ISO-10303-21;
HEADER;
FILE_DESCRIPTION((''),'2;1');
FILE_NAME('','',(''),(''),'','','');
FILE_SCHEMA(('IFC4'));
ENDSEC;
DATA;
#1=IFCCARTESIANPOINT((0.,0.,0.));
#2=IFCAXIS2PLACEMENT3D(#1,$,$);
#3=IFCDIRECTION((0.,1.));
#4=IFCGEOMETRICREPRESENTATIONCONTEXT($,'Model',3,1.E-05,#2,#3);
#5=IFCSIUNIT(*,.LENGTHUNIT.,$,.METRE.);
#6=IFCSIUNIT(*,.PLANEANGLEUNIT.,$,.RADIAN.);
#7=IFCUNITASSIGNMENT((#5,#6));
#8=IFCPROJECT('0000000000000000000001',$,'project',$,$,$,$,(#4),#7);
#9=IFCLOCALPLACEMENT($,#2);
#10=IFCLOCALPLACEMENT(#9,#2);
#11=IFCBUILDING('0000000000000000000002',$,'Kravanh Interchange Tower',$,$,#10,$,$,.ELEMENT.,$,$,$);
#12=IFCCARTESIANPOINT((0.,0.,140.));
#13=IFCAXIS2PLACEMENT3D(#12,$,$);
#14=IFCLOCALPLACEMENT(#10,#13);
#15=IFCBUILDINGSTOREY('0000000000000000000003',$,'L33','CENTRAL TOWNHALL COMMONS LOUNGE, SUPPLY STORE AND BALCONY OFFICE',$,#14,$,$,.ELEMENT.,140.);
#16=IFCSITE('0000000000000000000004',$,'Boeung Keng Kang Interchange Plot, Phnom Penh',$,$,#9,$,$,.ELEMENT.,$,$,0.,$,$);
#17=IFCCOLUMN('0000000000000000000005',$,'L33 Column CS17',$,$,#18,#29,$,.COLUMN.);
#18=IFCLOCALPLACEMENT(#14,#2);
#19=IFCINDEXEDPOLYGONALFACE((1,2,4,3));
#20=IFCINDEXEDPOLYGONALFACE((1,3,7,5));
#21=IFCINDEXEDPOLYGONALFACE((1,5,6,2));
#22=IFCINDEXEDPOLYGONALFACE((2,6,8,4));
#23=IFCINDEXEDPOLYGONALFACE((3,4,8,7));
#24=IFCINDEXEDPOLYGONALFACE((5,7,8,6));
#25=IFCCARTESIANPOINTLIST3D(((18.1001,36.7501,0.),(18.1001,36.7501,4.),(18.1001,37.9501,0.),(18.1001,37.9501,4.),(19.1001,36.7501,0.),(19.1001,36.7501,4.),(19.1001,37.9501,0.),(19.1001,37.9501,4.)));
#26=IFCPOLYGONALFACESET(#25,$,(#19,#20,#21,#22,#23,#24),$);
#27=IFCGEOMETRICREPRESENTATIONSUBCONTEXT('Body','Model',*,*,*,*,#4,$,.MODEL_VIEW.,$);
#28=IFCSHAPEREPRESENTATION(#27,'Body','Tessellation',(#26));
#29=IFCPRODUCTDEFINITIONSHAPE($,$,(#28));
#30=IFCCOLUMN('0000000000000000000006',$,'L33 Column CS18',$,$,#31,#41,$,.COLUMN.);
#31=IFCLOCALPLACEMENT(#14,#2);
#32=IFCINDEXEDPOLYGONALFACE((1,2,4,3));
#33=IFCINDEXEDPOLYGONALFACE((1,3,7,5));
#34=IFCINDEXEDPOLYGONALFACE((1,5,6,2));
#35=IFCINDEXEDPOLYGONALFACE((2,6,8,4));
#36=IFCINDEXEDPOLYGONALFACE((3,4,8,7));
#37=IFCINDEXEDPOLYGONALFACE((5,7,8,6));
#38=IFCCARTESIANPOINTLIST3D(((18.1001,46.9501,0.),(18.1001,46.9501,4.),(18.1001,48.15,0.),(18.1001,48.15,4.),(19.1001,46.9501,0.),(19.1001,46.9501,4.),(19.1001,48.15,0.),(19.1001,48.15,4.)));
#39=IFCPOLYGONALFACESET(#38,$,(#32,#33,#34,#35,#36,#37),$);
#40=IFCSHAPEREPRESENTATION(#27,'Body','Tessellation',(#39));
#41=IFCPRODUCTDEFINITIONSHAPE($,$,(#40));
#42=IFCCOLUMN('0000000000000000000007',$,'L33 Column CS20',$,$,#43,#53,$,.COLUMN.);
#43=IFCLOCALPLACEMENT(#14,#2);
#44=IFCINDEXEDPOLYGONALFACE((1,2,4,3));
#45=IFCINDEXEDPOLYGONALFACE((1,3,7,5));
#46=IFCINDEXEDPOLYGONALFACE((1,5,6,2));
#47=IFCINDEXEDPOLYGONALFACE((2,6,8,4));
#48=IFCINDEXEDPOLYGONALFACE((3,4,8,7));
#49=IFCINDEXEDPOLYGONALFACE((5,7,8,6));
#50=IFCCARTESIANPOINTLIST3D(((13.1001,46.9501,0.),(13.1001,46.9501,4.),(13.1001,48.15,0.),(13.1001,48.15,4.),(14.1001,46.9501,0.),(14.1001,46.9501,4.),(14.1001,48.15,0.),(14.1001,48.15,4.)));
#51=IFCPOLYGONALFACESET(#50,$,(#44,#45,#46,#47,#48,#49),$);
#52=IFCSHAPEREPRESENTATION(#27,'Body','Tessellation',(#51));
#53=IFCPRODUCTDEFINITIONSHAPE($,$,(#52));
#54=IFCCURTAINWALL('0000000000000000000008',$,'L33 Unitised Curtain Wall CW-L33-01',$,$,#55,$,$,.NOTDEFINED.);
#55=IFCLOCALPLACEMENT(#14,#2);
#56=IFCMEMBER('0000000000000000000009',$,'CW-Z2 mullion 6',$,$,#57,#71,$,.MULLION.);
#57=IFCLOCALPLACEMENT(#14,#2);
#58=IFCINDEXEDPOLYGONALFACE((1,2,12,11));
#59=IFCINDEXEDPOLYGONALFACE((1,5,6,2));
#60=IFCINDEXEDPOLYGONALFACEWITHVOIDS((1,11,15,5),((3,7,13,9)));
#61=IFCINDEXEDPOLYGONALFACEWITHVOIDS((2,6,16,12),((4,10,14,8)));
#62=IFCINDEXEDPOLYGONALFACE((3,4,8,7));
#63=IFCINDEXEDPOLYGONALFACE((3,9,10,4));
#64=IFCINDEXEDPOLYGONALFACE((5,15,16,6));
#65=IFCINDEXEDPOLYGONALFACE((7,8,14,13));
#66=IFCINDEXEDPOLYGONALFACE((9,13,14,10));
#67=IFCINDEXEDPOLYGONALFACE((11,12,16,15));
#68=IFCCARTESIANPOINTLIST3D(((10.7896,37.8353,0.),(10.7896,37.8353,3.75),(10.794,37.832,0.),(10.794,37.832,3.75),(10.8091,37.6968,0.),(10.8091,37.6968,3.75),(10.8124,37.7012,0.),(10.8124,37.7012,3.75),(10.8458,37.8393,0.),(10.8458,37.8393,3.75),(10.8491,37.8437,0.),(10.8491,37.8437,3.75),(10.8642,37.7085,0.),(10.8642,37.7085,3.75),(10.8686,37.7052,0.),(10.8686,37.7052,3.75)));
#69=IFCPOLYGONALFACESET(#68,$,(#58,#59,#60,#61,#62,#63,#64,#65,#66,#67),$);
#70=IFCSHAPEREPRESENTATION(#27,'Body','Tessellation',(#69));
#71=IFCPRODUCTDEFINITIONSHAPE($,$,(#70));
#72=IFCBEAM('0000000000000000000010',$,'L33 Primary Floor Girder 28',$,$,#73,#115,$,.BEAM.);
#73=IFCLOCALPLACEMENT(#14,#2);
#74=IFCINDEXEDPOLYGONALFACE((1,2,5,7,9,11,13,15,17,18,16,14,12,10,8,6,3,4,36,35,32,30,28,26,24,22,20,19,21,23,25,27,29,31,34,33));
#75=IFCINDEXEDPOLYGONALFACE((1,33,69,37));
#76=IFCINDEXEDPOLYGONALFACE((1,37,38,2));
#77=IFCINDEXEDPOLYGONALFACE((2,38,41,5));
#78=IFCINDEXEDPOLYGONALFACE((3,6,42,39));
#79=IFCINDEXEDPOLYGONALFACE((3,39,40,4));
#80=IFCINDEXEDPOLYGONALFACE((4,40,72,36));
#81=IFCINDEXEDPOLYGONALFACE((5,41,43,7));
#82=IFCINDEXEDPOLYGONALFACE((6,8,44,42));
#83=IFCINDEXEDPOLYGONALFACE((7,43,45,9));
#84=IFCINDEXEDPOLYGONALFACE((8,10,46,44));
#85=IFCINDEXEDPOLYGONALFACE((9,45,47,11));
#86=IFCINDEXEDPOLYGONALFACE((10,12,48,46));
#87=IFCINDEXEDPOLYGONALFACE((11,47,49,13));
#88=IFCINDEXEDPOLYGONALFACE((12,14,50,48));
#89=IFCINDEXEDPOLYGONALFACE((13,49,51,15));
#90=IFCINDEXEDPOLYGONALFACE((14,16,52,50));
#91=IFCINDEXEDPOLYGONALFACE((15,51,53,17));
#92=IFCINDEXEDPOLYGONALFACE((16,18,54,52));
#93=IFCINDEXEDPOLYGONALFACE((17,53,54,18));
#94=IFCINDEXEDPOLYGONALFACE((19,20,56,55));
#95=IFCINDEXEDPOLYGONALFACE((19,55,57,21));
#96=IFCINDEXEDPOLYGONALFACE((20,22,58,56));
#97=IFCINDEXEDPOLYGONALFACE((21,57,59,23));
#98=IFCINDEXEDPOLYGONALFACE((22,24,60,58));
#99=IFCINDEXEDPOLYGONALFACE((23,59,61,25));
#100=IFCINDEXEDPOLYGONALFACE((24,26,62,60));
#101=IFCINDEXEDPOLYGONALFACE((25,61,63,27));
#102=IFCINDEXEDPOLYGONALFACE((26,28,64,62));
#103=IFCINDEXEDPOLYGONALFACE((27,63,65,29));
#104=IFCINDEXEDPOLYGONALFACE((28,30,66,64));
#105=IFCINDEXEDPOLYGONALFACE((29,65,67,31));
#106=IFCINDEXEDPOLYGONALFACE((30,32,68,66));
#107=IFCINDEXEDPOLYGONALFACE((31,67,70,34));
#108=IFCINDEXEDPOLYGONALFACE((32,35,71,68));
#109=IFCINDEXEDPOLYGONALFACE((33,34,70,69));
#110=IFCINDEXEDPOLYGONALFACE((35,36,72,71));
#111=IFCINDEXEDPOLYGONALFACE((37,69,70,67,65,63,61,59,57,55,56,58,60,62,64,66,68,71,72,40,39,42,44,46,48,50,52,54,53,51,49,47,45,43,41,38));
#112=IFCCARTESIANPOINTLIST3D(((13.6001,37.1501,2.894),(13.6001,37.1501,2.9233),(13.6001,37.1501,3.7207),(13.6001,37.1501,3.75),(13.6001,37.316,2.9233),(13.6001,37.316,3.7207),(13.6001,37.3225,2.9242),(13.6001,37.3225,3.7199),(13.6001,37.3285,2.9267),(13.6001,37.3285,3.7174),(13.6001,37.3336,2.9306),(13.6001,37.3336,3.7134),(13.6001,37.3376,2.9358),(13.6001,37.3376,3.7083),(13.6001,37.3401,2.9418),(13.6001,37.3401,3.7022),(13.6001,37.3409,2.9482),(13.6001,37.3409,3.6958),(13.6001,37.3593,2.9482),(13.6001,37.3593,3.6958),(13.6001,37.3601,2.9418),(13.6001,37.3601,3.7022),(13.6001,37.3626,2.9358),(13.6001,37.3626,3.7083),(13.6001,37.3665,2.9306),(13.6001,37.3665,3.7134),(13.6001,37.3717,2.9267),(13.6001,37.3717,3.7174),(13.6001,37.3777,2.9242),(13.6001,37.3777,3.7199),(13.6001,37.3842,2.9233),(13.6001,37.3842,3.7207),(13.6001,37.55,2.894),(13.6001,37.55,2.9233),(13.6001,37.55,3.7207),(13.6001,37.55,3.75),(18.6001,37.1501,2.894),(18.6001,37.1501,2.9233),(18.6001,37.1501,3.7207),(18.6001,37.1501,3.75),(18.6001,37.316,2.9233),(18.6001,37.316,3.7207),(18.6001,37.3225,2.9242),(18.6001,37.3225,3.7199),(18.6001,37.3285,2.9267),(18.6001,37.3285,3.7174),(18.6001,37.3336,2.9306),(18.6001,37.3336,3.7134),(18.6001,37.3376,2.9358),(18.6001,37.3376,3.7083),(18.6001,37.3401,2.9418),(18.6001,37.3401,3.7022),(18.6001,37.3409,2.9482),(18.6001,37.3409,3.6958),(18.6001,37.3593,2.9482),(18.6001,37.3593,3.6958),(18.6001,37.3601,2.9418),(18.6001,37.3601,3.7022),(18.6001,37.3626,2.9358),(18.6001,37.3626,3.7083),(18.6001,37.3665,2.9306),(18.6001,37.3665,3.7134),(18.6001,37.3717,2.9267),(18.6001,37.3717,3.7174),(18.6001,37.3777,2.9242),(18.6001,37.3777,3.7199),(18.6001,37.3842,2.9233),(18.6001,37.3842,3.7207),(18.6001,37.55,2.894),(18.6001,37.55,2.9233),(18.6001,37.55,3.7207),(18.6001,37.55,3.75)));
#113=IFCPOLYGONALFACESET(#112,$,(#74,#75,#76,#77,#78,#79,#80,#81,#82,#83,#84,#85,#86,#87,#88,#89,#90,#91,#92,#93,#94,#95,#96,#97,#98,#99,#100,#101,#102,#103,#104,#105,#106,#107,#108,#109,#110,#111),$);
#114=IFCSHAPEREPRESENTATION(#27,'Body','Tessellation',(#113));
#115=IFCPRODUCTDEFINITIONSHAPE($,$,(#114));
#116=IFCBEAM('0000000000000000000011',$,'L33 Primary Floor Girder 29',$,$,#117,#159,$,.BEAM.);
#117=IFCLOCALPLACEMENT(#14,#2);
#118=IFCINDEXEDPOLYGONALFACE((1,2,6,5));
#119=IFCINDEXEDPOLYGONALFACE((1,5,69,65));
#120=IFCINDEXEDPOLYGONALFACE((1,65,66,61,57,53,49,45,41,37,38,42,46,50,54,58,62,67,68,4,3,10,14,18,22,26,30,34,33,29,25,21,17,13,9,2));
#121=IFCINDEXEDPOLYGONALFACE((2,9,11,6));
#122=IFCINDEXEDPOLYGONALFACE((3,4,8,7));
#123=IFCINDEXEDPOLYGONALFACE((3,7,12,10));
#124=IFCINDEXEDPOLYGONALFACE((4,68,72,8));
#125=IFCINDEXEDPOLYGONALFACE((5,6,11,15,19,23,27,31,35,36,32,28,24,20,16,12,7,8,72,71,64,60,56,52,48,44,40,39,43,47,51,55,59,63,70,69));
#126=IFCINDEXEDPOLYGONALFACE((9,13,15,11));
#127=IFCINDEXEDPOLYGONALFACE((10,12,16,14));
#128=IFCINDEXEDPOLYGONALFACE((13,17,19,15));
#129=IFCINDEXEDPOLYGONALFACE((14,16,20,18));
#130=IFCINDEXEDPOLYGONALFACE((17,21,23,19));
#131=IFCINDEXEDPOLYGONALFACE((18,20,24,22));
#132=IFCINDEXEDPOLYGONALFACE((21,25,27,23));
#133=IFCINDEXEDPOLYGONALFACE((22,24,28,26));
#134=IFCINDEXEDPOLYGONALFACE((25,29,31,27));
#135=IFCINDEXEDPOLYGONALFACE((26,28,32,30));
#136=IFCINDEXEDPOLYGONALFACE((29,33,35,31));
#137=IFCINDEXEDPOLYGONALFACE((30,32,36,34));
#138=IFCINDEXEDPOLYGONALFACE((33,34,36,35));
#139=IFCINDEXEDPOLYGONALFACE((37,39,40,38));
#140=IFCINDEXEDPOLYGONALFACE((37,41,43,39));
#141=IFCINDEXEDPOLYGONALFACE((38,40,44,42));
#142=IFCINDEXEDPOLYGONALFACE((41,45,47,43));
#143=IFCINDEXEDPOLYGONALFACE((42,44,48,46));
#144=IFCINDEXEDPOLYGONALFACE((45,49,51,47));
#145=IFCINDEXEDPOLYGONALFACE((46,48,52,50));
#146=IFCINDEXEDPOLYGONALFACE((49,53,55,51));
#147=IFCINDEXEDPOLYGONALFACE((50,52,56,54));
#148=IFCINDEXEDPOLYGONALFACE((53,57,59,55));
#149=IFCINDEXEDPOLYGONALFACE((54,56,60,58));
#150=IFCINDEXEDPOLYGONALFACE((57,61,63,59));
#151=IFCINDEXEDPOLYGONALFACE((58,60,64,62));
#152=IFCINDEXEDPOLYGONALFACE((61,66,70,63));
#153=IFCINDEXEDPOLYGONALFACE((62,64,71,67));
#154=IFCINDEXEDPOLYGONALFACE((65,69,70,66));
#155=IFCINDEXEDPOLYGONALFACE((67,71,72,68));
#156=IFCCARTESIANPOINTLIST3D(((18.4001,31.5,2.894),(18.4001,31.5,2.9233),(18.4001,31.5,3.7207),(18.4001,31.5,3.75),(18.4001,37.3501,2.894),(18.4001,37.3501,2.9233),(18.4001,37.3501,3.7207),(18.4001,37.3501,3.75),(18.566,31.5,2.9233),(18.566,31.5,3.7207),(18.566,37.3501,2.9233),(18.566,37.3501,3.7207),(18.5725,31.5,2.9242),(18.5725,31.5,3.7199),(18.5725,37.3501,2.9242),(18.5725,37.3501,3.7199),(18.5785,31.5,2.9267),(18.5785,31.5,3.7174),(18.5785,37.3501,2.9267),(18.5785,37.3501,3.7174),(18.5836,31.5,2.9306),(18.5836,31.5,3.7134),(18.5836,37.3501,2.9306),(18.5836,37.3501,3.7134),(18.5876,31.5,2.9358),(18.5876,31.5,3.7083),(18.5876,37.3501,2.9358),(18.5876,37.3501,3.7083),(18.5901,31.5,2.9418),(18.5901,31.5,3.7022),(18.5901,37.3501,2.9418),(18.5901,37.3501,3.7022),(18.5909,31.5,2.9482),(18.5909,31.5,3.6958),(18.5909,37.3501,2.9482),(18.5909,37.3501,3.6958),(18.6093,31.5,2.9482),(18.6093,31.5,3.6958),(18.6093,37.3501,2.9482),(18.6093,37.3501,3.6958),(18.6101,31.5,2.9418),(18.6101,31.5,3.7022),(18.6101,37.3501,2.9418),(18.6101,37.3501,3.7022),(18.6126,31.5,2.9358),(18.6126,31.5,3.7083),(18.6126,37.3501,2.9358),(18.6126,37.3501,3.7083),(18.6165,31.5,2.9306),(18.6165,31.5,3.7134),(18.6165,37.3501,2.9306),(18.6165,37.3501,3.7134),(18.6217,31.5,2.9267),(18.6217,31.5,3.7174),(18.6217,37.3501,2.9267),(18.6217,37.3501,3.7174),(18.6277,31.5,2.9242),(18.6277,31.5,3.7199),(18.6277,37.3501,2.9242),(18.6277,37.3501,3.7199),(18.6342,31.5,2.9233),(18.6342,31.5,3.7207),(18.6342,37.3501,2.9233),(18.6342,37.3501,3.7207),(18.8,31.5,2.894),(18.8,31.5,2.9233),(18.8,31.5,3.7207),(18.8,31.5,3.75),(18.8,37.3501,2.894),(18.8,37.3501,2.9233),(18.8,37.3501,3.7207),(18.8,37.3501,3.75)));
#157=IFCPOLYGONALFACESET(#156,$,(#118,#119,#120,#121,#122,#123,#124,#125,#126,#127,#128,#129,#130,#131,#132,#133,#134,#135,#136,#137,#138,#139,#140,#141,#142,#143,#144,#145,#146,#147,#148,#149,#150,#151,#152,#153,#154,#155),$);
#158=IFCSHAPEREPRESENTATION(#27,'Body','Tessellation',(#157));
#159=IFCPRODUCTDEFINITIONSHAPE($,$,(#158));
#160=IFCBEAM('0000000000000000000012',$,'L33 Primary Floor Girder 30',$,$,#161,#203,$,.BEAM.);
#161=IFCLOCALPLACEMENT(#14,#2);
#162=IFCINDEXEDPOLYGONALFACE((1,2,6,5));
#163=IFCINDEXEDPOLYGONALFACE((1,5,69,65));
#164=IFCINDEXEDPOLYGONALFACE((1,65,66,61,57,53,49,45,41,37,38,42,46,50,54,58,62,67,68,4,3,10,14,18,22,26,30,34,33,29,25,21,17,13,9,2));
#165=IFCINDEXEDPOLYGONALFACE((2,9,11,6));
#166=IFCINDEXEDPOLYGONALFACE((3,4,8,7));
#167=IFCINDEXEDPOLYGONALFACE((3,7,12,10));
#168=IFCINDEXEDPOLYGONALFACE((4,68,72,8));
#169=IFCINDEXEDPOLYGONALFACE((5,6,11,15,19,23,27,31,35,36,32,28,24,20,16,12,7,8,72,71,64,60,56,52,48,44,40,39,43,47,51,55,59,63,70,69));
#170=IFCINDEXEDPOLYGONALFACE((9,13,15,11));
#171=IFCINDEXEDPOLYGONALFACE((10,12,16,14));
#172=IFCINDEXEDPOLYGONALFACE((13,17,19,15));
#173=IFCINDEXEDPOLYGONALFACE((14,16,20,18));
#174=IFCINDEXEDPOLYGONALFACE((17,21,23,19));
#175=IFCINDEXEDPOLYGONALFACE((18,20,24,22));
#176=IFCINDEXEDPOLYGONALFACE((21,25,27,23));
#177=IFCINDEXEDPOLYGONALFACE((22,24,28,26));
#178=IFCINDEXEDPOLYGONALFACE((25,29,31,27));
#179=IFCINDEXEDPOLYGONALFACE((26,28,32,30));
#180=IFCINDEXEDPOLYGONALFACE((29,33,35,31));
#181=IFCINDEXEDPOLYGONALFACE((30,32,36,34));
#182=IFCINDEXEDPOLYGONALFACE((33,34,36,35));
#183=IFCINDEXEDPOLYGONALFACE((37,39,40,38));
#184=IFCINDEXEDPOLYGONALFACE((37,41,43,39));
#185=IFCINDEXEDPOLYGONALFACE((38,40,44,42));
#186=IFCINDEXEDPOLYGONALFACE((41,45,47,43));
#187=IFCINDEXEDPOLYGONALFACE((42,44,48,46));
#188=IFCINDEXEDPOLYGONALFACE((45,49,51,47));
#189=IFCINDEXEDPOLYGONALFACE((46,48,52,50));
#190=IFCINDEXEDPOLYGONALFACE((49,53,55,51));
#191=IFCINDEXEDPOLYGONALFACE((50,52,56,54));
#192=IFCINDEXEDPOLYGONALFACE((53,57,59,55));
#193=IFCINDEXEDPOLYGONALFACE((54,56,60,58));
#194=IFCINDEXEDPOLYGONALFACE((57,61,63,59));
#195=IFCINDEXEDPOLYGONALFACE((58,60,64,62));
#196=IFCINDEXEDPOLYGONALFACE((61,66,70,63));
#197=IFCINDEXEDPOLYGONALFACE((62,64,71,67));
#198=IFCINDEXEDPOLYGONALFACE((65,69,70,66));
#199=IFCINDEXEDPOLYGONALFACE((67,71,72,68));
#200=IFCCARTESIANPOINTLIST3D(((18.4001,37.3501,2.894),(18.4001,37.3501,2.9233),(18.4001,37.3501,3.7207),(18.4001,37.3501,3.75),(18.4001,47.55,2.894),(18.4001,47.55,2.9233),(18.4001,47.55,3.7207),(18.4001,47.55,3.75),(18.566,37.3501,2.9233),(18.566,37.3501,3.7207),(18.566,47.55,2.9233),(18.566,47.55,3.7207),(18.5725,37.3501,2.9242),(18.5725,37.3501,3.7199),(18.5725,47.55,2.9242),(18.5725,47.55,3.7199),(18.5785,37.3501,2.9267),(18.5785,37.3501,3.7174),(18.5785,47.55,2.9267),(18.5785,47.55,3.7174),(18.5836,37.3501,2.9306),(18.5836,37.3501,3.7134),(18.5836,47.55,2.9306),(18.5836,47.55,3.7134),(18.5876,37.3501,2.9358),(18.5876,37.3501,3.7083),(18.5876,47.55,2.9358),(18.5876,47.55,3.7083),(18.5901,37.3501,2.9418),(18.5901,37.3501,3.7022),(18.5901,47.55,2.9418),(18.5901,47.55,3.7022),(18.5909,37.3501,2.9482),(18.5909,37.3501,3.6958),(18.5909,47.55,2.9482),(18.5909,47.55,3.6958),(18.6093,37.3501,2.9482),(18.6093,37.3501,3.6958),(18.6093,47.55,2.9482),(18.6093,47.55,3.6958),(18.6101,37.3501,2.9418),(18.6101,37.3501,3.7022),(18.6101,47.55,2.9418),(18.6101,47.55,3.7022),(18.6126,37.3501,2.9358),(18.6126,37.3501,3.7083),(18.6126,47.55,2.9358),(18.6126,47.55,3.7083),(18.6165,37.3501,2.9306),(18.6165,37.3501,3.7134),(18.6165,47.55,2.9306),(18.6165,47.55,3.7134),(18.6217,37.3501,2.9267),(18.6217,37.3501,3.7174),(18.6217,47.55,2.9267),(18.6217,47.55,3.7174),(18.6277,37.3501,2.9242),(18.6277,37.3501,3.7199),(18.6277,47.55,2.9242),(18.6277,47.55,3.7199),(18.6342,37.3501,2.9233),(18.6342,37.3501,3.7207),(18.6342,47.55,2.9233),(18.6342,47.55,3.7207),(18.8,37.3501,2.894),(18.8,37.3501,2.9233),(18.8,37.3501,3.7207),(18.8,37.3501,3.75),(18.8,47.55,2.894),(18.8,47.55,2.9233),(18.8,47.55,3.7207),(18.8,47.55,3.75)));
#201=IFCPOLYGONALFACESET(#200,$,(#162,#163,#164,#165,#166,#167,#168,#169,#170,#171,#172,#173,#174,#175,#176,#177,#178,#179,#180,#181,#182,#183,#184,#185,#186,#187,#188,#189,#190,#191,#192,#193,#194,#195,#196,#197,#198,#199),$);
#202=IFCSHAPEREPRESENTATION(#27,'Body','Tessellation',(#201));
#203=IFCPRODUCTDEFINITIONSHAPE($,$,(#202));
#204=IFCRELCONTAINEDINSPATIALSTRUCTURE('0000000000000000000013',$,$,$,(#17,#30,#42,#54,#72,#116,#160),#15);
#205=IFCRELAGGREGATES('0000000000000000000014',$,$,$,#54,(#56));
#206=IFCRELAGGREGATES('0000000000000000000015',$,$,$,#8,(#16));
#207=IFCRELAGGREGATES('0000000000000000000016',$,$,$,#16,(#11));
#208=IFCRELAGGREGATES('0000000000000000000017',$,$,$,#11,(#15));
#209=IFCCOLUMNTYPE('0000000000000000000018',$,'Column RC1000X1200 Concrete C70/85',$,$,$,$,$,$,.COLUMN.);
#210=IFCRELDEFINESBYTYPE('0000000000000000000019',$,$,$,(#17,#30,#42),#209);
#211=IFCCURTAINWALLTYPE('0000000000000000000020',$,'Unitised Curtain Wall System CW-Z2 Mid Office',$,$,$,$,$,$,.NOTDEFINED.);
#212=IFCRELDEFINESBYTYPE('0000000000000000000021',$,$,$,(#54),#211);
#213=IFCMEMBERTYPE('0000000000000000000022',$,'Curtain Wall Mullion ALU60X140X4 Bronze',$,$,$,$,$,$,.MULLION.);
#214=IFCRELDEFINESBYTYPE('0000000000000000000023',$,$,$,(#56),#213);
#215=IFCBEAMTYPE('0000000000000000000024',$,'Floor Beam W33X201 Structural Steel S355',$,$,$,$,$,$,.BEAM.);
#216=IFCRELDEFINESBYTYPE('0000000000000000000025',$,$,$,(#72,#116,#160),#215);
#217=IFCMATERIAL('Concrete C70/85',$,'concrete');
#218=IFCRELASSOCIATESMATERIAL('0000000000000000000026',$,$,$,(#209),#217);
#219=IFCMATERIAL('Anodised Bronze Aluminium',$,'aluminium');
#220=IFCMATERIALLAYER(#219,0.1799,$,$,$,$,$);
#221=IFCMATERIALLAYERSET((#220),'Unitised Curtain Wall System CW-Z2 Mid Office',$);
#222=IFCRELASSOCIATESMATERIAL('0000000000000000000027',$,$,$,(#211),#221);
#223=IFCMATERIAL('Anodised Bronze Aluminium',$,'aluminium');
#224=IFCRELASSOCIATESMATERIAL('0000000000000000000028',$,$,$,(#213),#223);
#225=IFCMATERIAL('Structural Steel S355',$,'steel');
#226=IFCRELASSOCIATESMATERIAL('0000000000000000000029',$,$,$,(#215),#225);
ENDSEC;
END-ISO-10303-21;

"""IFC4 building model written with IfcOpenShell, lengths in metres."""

from ifc_helpers import new_model, si_unit, direction, frame, origin, origin_2d, place, context, subcontext, project, spatial, rectangle, hollow_rectangle, i_section, extrude, material, layer, layer_set, material_profile, profile_set, type_object, element, aggregate, save


model = new_model("IFC4")

# Units and contexts
model_context = context("Model", 3, precision=1e-05, world=origin(), true_north=direction((0.0, 1.0)))
body_context = subcontext(model_context, "Body", "Model", "MODEL_VIEW")
ifc_project = project(units=[si_unit("LENGTHUNIT", "METRE"), si_unit("PLANEANGLEUNIT", "RADIAN")], contexts=[model_context])

# Site, building, storey
site_placement = place(None, origin())
site = spatial("IfcSite", under=ifc_project, at=site_placement, Name="Boeung Keng Kang Interchange Plot, Phnom Penh", CompositionType="ELEMENT", RefElevation=0.0)
building_placement = place(site_placement, origin())
building = spatial("IfcBuilding", under=site, at=building_placement, Name="Kravanh Interchange Tower", CompositionType="ELEMENT")
storey_placement = place(building_placement, frame((0.0, 0.0, 140.0)))
storey = spatial("IfcBuildingStorey", under=building, at=storey_placement, Name="L33", Description="CENTRAL TOWNHALL COMMONS LOUNGE, SUPPLY STORE AND BALCONY OFFICE", CompositionType="ELEMENT", Elevation=140.0)

# Columns
ifc_material_1 = material(Name="Concrete C70/85", Category="concrete")
ifc_material_profile_1 = material_profile(ifc_material_1, rectangle(XDim=1.0, YDim=1.2, at=origin_2d()), Name="RC1000X1200")
ifc_profile_set_1 = profile_set([ifc_material_profile_1], Name="Concrete C70/85")
column_type = type_object("IfcColumnType", Name="Column RC1000X1200 Concrete C70/85", PredefinedType="COLUMN", material=ifc_profile_set_1)
for number, where, z_axis, x_axis, name in (
    (1, (18.6001, 37.3501, 0.0), (0.0, 0.0, 1.0), (1.0, 0.0, 0.0), "L33 Column CS17"),
    (2, (18.6001, 47.55, 0.0), (0.0, 0.0, 1.0), (1.0, 0.0, 0.0), "L33 Column CS18"),
    (3, (13.6001, 47.55, 0.0), (0.0, 0.0, 1.0), (1.0, 0.0, 0.0), "L33 Column CS20"),
):
    element("IfcColumn", number, at=place(storey_placement, frame(where, z_axis=z_axis, x_axis=x_axis)), inside=storey, type_object=column_type, Name=name, PredefinedType="COLUMN", context=body_context, shape_type="SweptSolid", body=[
        extrude(rectangle(XDim=1.0, YDim=1.2, at=origin_2d()), origin(), (0.0, 0.0, 1.0), 4.0),
    ])

# Curtain wall, member
ifc_material_2 = material(Name="Anodised Bronze Aluminium", Category="aluminium")
ifc_layer_1 = layer(ifc_material_2, 0.1799)
ifc_layer_set_1 = layer_set([ifc_layer_1], Name="Unitised Curtain Wall System CW-Z2 Mid Office")
curtain_wall_type = type_object("IfcCurtainWallType", Name="Unitised Curtain Wall System CW-Z2 Mid Office", PredefinedType="NOTDEFINED", material=ifc_layer_set_1)
curtain_wall_placement = place(storey_placement, origin())
curtain_wall = element("IfcCurtainWall", 4, at=curtain_wall_placement, inside=storey, type_object=curtain_wall_type, Name="L33 Unitised Curtain Wall CW-L33-01", PredefinedType="NOTDEFINED")
ifc_material_3 = material(Name="Anodised Bronze Aluminium", Category="aluminium")
ifc_material_profile_2 = material_profile(ifc_material_3, hollow_rectangle(XDim=0.0601, YDim=0.1399, WallThickness=0.0039, at=origin_2d()), Name="ALU60X140X4")
ifc_profile_set_2 = profile_set([ifc_material_profile_2], Name="Anodised Bronze Aluminium")
member_type = type_object("IfcMemberType", Name="Curtain Wall Mullion ALU60X140X4 Bronze", PredefinedType="MULLION", material=ifc_profile_set_2)
member_placement = place(storey_placement, frame((10.8291, 37.7703, 0.0), z_axis=(0.0, 0.0, 1.0), x_axis=(-0.990268, -0.139173, 0.0)))
member = element("IfcMember", 5, at=member_placement, type_object=member_type, Name="CW-Z2 mullion 6", PredefinedType="MULLION", context=body_context, shape_type="SweptSolid", body=[
    extrude(hollow_rectangle(XDim=0.0601, YDim=0.1399, WallThickness=0.0039, at=origin_2d()), origin(), (0.0, 0.0, 1.0), 3.75),
])
aggregate(curtain_wall, [member])

# Beams
ifc_material_4 = material(Name="Structural Steel S355", Category="steel")
ifc_material_profile_3 = material_profile(ifc_material_4, i_section(OverallWidth=0.3999, OverallDepth=0.856, WebThickness=0.0183, FlangeThickness=0.0293, FilletRadius=0.0249, at=origin_2d()), Name="W33X201")
ifc_profile_set_3 = profile_set([ifc_material_profile_3], Name="Structural Steel S355")
beam_type = type_object("IfcBeamType", Name="Floor Beam W33X201 Structural Steel S355", PredefinedType="BEAM", material=ifc_profile_set_3)
beam_1_placement = place(storey_placement, frame((18.6001, 37.3501, 3.322), z_axis=(-1.0, 0.0, 0.0), x_axis=(0.0, -1.0, 0.0)))
element("IfcBeam", 6, at=beam_1_placement, inside=storey, type_object=beam_type, Name="L33 Primary Floor Girder 28", PredefinedType="BEAM", context=body_context, shape_type="SweptSolid", body=[
    extrude(i_section(OverallWidth=0.3999, OverallDepth=0.856, WebThickness=0.0183, FlangeThickness=0.0293, FilletRadius=0.0249, at=origin_2d()), origin(), (0.0, 0.0, 1.0), 5.0),
])
beam_2_placement = place(storey_placement, frame((18.6001, 37.3501, 3.322), z_axis=(0.0, -1.0, 0.0), x_axis=(1.0, 0.0, 0.0)))
element("IfcBeam", 7, at=beam_2_placement, inside=storey, type_object=beam_type, Name="L33 Primary Floor Girder 29", PredefinedType="BEAM", context=body_context, shape_type="SweptSolid", body=[
    extrude(i_section(OverallWidth=0.3999, OverallDepth=0.856, WebThickness=0.0183, FlangeThickness=0.0293, FilletRadius=0.0249, at=origin_2d()), origin(), (0.0, 0.0, 1.0), 5.8501),
])
beam_3_placement = place(storey_placement, frame((18.6001, 37.3501, 3.322), z_axis=(0.0, 1.0, 0.0), x_axis=(-1.0, 0.0, 0.0)))
element("IfcBeam", 8, at=beam_3_placement, inside=storey, type_object=beam_type, Name="L33 Primary Floor Girder 30", PredefinedType="BEAM", context=body_context, shape_type="SweptSolid", body=[
    extrude(i_section(OverallWidth=0.3999, OverallDepth=0.856, WebThickness=0.0183, FlangeThickness=0.0293, FilletRadius=0.0249, at=origin_2d()), origin(), (0.0, 0.0, 1.0), 10.2),
])

save(model, "model.ifc")
